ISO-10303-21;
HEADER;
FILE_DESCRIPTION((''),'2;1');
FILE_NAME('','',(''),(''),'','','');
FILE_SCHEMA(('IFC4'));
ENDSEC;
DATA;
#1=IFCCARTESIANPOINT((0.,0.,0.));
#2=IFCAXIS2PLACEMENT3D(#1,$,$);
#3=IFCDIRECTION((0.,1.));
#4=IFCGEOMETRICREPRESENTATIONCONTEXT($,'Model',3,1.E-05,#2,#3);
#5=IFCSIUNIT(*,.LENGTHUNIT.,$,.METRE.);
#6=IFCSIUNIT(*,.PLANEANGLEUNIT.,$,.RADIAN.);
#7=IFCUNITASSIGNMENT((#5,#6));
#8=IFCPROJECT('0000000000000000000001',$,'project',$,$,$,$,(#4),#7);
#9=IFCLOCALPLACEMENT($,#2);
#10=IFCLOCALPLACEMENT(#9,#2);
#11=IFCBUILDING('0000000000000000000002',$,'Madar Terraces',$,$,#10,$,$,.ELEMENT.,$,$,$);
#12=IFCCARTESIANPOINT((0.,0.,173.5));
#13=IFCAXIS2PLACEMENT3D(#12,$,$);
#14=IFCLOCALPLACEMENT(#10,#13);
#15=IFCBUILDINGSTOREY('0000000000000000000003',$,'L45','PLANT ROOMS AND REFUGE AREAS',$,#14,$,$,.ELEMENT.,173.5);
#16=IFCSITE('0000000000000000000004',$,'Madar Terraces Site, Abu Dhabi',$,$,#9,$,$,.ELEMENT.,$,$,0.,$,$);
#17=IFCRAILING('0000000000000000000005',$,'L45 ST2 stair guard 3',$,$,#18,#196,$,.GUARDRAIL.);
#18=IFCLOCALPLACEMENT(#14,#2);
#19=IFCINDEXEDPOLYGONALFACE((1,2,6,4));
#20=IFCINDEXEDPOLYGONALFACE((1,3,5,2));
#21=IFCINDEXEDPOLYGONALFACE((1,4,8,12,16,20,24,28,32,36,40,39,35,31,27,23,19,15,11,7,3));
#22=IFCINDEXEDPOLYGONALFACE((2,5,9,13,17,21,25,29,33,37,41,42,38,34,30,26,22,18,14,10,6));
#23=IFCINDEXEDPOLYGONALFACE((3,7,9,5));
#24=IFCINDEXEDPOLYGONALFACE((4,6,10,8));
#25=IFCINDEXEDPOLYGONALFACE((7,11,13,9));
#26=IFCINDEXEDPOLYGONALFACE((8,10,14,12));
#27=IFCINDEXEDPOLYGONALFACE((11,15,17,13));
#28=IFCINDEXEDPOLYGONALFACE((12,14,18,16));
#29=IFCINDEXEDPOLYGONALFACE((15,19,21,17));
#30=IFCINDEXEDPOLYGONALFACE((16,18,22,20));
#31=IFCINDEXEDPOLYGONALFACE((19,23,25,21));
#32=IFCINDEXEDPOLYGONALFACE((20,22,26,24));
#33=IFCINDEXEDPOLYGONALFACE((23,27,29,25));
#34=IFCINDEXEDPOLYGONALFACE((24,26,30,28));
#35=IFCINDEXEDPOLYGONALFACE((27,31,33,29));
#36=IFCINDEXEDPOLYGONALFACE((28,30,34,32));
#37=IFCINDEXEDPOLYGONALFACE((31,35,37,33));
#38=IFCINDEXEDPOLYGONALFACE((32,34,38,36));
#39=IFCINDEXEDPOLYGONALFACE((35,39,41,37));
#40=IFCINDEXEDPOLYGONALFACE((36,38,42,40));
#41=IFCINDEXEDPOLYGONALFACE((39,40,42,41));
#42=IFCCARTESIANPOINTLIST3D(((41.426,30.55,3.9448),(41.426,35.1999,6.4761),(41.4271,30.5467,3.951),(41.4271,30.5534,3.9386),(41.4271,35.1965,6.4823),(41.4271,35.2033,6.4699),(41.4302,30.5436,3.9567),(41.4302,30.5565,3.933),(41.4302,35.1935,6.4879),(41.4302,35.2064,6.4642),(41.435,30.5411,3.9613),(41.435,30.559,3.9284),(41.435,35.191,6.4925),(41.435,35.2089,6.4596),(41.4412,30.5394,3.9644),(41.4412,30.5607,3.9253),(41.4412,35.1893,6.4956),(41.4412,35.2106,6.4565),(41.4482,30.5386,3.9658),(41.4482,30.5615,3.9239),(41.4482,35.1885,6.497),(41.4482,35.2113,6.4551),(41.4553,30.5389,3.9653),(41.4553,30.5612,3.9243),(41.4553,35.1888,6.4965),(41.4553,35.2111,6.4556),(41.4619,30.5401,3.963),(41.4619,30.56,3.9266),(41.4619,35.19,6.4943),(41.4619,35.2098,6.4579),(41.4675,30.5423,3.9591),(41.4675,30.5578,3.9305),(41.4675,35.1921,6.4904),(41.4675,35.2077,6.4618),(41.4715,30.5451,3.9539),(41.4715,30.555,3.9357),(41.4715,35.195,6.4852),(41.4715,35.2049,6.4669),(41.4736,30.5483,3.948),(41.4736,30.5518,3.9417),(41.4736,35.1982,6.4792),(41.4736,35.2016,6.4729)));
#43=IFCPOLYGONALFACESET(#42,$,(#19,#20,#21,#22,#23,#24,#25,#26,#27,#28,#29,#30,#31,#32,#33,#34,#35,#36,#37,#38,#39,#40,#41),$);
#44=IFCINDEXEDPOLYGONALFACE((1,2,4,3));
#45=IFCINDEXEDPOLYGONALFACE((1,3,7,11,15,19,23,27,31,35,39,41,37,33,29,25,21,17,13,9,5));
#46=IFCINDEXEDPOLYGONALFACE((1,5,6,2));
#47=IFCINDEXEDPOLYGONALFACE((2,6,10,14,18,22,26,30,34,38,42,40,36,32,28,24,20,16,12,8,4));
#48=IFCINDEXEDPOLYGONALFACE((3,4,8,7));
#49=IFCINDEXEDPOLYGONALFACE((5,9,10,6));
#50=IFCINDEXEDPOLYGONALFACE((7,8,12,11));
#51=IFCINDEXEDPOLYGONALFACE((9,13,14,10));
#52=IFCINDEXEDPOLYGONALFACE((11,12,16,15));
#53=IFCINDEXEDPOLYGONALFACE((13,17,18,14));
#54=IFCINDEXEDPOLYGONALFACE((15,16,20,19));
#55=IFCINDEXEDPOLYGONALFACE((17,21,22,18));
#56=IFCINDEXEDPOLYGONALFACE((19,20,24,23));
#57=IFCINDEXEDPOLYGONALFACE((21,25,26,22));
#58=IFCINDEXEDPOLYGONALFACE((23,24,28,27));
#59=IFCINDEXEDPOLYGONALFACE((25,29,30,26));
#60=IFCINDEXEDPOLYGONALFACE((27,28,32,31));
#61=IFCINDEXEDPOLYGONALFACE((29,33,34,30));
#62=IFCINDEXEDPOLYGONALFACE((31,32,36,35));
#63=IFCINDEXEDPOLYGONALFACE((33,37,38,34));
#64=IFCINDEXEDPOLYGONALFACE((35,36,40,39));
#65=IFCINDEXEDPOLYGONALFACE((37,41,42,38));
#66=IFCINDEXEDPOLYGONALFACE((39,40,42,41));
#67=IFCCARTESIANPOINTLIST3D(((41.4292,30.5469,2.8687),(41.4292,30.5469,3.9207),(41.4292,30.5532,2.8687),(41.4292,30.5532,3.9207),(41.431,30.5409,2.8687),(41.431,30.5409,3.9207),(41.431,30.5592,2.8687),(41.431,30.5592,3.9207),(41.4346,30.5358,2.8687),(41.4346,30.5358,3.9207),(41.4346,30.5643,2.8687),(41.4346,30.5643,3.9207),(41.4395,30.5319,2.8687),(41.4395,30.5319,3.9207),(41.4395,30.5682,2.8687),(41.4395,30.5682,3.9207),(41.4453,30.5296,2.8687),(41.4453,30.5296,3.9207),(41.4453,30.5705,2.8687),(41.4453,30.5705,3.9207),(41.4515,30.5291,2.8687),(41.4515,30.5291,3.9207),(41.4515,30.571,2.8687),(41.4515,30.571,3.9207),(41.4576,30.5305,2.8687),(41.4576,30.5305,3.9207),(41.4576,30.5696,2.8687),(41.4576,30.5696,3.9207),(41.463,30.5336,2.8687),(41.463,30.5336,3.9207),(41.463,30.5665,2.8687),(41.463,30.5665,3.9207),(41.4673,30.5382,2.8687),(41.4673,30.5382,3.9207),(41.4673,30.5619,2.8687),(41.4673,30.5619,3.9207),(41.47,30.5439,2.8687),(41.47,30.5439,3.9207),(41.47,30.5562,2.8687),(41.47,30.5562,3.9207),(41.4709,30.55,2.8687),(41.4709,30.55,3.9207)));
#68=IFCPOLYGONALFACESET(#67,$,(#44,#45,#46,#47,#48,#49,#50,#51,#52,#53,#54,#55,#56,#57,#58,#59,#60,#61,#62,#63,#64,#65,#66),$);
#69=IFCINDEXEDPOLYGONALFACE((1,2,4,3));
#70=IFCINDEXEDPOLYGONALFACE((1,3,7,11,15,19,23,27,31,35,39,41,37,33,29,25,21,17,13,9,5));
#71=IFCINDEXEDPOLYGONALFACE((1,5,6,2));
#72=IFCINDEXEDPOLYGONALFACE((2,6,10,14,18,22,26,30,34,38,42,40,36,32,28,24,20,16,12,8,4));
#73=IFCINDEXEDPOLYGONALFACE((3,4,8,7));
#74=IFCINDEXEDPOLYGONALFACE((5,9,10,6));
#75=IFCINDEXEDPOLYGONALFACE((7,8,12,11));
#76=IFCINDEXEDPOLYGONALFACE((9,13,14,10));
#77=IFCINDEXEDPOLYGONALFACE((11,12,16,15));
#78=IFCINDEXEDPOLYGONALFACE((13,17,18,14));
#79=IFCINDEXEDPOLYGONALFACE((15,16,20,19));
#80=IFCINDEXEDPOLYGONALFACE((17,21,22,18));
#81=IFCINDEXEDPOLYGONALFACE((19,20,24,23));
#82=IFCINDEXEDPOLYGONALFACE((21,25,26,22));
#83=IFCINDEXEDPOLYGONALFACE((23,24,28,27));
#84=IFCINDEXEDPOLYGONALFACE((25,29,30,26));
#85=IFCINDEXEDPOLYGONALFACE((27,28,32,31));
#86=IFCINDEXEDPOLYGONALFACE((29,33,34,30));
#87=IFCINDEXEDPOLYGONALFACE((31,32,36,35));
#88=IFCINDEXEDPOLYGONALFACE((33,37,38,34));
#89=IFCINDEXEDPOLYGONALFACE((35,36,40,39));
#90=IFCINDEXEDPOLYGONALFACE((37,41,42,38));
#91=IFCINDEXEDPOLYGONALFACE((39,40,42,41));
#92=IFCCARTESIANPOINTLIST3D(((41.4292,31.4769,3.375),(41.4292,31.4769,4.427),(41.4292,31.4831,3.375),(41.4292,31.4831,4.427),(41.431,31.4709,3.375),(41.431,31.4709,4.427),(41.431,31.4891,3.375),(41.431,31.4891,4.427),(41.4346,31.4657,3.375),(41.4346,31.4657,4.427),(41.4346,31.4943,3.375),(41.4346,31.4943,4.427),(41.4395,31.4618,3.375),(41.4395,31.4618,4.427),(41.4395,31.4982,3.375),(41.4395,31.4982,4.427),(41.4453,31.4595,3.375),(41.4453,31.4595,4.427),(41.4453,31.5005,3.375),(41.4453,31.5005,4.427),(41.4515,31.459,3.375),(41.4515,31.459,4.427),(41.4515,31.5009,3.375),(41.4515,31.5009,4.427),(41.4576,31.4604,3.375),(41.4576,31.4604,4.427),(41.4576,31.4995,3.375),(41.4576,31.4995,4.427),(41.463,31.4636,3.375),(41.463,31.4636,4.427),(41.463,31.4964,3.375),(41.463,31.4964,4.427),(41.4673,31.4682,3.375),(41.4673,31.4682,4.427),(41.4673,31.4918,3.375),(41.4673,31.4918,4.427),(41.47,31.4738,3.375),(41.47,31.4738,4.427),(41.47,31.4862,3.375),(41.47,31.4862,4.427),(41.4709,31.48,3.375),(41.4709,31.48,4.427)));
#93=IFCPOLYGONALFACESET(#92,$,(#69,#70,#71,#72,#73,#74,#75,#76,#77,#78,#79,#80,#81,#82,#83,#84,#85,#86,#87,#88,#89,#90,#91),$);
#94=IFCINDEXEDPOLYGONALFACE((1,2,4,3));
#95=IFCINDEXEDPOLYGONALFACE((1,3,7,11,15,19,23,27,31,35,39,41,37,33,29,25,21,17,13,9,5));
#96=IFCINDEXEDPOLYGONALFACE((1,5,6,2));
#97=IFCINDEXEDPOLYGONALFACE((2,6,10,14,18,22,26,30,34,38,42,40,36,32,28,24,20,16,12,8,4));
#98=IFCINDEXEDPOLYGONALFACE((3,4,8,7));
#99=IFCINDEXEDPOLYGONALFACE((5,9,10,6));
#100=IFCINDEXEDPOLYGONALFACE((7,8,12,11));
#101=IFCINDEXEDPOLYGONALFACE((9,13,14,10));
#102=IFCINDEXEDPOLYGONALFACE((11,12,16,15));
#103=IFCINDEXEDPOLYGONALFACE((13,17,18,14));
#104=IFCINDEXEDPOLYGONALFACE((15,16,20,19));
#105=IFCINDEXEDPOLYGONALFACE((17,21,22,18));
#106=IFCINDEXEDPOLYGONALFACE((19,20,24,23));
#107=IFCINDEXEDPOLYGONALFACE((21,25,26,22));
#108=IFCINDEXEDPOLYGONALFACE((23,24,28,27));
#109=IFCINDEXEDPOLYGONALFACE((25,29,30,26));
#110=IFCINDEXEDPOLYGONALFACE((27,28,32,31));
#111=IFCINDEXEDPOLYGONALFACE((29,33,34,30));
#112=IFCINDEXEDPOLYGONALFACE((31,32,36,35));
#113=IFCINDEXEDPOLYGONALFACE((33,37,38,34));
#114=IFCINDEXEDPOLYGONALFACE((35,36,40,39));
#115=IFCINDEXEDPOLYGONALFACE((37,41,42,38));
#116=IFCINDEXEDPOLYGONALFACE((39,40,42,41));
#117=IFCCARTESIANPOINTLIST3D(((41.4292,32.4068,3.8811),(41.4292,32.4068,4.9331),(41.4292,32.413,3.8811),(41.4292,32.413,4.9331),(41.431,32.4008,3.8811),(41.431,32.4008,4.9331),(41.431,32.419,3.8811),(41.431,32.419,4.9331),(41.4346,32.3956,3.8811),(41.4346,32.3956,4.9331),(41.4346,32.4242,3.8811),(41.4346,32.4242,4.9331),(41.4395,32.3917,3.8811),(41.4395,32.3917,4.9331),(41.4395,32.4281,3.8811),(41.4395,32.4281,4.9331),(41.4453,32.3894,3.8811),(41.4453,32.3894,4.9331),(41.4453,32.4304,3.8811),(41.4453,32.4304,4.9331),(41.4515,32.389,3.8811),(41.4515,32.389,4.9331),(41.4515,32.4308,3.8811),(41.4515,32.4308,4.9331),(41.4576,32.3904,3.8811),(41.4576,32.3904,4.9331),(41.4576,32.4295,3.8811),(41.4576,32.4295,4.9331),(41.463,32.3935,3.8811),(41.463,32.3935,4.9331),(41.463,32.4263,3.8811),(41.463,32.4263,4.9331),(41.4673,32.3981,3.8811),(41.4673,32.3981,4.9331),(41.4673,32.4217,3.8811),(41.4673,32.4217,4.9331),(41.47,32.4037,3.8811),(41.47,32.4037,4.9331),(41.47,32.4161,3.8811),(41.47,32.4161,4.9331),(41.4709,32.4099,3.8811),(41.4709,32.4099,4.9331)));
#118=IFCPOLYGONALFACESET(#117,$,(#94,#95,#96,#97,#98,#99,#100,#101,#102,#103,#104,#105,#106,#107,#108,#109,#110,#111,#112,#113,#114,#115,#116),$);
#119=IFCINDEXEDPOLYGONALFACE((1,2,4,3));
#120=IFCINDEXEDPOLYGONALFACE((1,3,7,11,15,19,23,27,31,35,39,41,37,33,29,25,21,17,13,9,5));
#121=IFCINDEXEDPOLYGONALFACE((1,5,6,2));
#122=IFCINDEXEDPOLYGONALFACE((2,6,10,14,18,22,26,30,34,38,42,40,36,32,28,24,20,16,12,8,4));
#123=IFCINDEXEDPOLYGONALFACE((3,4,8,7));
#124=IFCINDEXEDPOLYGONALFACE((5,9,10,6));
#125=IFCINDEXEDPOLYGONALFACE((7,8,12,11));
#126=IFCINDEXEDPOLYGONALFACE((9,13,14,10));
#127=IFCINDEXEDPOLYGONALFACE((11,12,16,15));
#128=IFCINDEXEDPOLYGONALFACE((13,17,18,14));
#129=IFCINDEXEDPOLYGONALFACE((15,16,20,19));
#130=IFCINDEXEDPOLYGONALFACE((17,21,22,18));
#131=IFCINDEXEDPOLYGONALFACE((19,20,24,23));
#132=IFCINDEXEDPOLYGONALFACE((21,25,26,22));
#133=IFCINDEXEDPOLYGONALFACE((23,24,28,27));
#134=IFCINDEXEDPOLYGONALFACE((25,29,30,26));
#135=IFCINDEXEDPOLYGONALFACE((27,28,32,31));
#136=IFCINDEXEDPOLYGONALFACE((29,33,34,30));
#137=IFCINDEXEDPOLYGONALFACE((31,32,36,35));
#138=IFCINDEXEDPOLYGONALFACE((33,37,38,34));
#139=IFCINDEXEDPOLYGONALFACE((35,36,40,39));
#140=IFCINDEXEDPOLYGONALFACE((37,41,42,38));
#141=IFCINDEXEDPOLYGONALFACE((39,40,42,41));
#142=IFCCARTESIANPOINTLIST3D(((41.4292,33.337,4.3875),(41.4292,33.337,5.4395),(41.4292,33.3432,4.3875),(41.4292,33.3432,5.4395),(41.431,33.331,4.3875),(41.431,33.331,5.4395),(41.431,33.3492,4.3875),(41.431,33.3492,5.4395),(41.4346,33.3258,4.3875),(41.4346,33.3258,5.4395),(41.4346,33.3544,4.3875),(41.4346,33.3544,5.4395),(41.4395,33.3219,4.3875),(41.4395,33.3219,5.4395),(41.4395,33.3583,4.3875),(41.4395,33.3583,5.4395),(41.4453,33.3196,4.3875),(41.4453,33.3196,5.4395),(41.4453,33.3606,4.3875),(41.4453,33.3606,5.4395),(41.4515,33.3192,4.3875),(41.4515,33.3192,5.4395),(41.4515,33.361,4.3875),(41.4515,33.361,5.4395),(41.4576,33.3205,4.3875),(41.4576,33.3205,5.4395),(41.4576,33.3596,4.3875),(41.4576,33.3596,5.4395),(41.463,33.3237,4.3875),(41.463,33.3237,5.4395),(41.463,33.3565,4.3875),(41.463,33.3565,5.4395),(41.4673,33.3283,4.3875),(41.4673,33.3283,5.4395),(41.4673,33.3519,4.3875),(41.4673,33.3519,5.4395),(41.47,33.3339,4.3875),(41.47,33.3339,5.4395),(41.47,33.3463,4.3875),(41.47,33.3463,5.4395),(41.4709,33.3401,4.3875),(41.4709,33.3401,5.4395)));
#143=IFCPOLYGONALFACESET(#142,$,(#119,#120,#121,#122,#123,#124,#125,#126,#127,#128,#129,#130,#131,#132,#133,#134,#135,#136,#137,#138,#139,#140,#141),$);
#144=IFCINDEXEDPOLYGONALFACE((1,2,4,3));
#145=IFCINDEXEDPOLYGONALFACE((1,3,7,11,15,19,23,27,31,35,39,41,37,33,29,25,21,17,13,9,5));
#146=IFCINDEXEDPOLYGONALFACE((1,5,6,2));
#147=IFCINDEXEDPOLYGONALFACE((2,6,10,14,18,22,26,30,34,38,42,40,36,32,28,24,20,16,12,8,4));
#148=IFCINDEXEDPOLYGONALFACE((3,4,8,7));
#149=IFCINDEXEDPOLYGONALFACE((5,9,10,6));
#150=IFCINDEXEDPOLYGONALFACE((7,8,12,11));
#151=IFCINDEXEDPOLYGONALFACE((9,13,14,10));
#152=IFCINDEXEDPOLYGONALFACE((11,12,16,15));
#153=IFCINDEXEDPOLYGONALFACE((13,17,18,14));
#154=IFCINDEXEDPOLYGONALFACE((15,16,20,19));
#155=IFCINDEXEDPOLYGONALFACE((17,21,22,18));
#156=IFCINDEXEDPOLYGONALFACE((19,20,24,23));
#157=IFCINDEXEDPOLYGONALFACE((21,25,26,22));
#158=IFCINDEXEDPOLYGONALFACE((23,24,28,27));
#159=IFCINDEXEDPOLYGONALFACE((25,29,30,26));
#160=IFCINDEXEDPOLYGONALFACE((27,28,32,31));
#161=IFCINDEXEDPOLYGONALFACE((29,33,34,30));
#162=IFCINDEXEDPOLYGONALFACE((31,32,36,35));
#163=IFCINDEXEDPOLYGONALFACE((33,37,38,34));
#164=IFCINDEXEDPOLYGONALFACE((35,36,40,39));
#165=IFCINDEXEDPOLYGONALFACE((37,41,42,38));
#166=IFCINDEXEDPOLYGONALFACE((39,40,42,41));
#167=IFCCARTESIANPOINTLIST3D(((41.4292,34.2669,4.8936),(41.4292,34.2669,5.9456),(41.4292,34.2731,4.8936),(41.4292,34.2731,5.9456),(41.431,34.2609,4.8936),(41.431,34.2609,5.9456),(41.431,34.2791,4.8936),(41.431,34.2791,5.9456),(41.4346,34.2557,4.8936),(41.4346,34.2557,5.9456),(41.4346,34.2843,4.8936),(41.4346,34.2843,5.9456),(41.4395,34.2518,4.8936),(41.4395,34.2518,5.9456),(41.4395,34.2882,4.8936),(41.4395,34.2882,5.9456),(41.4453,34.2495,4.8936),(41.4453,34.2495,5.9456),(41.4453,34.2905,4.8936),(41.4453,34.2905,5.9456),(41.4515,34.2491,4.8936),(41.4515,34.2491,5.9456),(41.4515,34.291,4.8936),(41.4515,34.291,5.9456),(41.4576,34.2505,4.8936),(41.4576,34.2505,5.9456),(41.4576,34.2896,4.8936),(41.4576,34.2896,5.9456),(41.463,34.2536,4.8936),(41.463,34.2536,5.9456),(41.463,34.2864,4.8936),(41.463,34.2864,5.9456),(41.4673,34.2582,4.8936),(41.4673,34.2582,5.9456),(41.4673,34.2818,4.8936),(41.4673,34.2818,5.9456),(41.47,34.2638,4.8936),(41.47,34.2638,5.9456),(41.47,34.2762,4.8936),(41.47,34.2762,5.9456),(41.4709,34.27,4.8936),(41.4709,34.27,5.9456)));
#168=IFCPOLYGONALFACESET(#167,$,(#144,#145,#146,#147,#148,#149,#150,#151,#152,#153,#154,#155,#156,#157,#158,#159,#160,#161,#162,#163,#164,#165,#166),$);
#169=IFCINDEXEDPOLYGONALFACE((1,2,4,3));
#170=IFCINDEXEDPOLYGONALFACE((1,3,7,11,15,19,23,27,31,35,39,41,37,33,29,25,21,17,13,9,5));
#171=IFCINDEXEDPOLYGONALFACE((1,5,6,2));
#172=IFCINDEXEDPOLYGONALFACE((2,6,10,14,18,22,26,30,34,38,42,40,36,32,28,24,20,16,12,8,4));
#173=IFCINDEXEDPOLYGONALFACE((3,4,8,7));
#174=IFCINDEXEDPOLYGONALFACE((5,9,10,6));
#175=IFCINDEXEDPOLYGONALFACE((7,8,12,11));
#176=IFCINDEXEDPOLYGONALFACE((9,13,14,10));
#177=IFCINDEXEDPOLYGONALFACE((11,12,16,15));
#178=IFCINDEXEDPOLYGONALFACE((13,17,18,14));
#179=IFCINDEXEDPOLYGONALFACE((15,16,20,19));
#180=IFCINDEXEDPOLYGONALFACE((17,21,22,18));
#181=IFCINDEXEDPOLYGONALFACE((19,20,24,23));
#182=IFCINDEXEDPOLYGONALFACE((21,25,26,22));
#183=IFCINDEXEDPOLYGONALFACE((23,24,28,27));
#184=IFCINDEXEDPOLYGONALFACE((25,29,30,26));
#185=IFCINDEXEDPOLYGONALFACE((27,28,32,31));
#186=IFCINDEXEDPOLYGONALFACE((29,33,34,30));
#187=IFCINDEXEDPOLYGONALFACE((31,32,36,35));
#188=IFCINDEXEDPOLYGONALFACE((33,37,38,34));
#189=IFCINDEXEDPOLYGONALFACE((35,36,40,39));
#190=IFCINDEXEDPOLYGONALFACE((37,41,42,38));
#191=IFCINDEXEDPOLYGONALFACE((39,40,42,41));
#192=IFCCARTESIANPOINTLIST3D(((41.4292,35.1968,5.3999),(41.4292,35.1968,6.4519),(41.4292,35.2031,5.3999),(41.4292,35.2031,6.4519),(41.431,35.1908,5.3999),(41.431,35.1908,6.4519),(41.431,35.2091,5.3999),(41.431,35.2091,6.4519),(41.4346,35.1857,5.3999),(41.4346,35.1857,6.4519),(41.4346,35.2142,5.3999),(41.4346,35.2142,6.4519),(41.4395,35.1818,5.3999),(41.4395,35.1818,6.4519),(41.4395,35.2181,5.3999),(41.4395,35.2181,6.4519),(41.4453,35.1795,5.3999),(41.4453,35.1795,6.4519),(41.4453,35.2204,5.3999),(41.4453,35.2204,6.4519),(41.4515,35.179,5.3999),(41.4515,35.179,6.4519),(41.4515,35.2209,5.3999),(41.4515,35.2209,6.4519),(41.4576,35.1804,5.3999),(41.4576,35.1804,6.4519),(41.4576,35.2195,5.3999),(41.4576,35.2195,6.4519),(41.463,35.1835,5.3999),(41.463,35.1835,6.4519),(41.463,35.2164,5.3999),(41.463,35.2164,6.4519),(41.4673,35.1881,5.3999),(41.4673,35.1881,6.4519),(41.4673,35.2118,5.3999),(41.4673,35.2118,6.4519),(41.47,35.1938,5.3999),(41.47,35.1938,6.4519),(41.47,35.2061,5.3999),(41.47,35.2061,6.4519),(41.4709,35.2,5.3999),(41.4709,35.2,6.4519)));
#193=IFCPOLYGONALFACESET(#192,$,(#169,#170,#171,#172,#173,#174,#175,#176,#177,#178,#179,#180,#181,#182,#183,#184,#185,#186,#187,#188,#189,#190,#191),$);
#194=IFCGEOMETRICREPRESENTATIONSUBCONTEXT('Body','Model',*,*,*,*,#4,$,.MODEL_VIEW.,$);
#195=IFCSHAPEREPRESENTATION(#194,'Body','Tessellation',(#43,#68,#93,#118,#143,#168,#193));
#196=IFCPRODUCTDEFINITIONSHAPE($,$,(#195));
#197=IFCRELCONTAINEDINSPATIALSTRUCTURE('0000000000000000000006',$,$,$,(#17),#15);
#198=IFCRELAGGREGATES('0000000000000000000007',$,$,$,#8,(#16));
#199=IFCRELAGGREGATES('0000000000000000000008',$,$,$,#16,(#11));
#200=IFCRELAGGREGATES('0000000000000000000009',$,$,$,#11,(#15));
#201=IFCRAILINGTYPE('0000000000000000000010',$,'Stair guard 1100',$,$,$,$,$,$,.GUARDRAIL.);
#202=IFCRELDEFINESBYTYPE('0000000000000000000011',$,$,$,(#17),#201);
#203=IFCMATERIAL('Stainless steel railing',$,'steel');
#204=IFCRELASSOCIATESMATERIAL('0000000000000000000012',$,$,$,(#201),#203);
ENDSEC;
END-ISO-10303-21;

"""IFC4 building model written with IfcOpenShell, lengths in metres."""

from ifc_helpers import new_model, si_unit, direction, frame, origin, origin_2d, place, context, subcontext, project, spatial, circle, extrude, material, type_object, element, save


model = new_model("IFC4")

# Units and contexts
model_context = context("Model", 3, precision=1e-05, world=origin(), true_north=direction((0.0, 1.0)))
body_context = subcontext(model_context, "Body", "Model", "MODEL_VIEW")
ifc_project = project(units=[si_unit("LENGTHUNIT", "METRE"), si_unit("PLANEANGLEUNIT", "RADIAN")], contexts=[model_context])

# Site, building, storey
site_placement = place(None, origin())
site = spatial("IfcSite", under=ifc_project, at=site_placement, Name="Madar Terraces Site, Abu Dhabi", CompositionType="ELEMENT", RefElevation=0.0)
building_placement = place(site_placement, origin())
building = spatial("IfcBuilding", under=site, at=building_placement, Name="Madar Terraces", CompositionType="ELEMENT")
storey_placement = place(building_placement, frame((0.0, 0.0, 173.5)))
storey = spatial("IfcBuildingStorey", under=building, at=storey_placement, Name="L45", Description="PLANT ROOMS AND REFUGE AREAS", CompositionType="ELEMENT", Elevation=173.5)

# Railing
ifc_material_1 = material(Name="Stainless steel railing", Category="steel")
railing_type_1 = type_object("IfcRailingType", Name="Stair guard 1100", PredefinedType="GUARDRAIL", material=ifc_material_1)
railing_1_placement = place(storey_placement, frame((41.45, 30.55, 2.8687)))
element("IfcRailing", 1, at=railing_1_placement, inside=storey, type_object=railing_type_1, Name="L45 ST2 stair guard 3", PredefinedType="GUARDRAIL", context=body_context, shape_type="SweptSolid", body=[
    extrude(circle(Radius=0.0239, at=origin_2d()), frame((0.0, 0.0, 1.0762), z_axis=(0.0, 0.878297, 0.478115), x_axis=(-1.0, 0.0, 0.0)), (0.0, 0.0, 1.0), 5.2942),
    extrude(circle(Radius=0.021, at=origin_2d()), origin(), (0.0, 0.0, 1.0), 1.052),
    extrude(circle(Radius=0.021, at=origin_2d()), frame((0.0, 0.9299, 0.5063)), (0.0, 0.0, 1.0), 1.052),
    extrude(circle(Radius=0.021, at=origin_2d()), frame((0.0, 1.8599, 1.0125)), (0.0, 0.0, 1.0), 1.052),
    extrude(circle(Radius=0.021, at=origin_2d()), frame((0.0, 2.79, 1.5188)), (0.0, 0.0, 1.0), 1.052),
    extrude(circle(Radius=0.021, at=origin_2d()), frame((0.0, 3.72, 2.0249)), (0.0, 0.0, 1.0), 1.052),
    extrude(circle(Radius=0.021, at=origin_2d()), frame((0.0, 4.6499, 2.5312)), (0.0, 0.0, 1.0), 1.052),
])

save(model, "model.ifc")
